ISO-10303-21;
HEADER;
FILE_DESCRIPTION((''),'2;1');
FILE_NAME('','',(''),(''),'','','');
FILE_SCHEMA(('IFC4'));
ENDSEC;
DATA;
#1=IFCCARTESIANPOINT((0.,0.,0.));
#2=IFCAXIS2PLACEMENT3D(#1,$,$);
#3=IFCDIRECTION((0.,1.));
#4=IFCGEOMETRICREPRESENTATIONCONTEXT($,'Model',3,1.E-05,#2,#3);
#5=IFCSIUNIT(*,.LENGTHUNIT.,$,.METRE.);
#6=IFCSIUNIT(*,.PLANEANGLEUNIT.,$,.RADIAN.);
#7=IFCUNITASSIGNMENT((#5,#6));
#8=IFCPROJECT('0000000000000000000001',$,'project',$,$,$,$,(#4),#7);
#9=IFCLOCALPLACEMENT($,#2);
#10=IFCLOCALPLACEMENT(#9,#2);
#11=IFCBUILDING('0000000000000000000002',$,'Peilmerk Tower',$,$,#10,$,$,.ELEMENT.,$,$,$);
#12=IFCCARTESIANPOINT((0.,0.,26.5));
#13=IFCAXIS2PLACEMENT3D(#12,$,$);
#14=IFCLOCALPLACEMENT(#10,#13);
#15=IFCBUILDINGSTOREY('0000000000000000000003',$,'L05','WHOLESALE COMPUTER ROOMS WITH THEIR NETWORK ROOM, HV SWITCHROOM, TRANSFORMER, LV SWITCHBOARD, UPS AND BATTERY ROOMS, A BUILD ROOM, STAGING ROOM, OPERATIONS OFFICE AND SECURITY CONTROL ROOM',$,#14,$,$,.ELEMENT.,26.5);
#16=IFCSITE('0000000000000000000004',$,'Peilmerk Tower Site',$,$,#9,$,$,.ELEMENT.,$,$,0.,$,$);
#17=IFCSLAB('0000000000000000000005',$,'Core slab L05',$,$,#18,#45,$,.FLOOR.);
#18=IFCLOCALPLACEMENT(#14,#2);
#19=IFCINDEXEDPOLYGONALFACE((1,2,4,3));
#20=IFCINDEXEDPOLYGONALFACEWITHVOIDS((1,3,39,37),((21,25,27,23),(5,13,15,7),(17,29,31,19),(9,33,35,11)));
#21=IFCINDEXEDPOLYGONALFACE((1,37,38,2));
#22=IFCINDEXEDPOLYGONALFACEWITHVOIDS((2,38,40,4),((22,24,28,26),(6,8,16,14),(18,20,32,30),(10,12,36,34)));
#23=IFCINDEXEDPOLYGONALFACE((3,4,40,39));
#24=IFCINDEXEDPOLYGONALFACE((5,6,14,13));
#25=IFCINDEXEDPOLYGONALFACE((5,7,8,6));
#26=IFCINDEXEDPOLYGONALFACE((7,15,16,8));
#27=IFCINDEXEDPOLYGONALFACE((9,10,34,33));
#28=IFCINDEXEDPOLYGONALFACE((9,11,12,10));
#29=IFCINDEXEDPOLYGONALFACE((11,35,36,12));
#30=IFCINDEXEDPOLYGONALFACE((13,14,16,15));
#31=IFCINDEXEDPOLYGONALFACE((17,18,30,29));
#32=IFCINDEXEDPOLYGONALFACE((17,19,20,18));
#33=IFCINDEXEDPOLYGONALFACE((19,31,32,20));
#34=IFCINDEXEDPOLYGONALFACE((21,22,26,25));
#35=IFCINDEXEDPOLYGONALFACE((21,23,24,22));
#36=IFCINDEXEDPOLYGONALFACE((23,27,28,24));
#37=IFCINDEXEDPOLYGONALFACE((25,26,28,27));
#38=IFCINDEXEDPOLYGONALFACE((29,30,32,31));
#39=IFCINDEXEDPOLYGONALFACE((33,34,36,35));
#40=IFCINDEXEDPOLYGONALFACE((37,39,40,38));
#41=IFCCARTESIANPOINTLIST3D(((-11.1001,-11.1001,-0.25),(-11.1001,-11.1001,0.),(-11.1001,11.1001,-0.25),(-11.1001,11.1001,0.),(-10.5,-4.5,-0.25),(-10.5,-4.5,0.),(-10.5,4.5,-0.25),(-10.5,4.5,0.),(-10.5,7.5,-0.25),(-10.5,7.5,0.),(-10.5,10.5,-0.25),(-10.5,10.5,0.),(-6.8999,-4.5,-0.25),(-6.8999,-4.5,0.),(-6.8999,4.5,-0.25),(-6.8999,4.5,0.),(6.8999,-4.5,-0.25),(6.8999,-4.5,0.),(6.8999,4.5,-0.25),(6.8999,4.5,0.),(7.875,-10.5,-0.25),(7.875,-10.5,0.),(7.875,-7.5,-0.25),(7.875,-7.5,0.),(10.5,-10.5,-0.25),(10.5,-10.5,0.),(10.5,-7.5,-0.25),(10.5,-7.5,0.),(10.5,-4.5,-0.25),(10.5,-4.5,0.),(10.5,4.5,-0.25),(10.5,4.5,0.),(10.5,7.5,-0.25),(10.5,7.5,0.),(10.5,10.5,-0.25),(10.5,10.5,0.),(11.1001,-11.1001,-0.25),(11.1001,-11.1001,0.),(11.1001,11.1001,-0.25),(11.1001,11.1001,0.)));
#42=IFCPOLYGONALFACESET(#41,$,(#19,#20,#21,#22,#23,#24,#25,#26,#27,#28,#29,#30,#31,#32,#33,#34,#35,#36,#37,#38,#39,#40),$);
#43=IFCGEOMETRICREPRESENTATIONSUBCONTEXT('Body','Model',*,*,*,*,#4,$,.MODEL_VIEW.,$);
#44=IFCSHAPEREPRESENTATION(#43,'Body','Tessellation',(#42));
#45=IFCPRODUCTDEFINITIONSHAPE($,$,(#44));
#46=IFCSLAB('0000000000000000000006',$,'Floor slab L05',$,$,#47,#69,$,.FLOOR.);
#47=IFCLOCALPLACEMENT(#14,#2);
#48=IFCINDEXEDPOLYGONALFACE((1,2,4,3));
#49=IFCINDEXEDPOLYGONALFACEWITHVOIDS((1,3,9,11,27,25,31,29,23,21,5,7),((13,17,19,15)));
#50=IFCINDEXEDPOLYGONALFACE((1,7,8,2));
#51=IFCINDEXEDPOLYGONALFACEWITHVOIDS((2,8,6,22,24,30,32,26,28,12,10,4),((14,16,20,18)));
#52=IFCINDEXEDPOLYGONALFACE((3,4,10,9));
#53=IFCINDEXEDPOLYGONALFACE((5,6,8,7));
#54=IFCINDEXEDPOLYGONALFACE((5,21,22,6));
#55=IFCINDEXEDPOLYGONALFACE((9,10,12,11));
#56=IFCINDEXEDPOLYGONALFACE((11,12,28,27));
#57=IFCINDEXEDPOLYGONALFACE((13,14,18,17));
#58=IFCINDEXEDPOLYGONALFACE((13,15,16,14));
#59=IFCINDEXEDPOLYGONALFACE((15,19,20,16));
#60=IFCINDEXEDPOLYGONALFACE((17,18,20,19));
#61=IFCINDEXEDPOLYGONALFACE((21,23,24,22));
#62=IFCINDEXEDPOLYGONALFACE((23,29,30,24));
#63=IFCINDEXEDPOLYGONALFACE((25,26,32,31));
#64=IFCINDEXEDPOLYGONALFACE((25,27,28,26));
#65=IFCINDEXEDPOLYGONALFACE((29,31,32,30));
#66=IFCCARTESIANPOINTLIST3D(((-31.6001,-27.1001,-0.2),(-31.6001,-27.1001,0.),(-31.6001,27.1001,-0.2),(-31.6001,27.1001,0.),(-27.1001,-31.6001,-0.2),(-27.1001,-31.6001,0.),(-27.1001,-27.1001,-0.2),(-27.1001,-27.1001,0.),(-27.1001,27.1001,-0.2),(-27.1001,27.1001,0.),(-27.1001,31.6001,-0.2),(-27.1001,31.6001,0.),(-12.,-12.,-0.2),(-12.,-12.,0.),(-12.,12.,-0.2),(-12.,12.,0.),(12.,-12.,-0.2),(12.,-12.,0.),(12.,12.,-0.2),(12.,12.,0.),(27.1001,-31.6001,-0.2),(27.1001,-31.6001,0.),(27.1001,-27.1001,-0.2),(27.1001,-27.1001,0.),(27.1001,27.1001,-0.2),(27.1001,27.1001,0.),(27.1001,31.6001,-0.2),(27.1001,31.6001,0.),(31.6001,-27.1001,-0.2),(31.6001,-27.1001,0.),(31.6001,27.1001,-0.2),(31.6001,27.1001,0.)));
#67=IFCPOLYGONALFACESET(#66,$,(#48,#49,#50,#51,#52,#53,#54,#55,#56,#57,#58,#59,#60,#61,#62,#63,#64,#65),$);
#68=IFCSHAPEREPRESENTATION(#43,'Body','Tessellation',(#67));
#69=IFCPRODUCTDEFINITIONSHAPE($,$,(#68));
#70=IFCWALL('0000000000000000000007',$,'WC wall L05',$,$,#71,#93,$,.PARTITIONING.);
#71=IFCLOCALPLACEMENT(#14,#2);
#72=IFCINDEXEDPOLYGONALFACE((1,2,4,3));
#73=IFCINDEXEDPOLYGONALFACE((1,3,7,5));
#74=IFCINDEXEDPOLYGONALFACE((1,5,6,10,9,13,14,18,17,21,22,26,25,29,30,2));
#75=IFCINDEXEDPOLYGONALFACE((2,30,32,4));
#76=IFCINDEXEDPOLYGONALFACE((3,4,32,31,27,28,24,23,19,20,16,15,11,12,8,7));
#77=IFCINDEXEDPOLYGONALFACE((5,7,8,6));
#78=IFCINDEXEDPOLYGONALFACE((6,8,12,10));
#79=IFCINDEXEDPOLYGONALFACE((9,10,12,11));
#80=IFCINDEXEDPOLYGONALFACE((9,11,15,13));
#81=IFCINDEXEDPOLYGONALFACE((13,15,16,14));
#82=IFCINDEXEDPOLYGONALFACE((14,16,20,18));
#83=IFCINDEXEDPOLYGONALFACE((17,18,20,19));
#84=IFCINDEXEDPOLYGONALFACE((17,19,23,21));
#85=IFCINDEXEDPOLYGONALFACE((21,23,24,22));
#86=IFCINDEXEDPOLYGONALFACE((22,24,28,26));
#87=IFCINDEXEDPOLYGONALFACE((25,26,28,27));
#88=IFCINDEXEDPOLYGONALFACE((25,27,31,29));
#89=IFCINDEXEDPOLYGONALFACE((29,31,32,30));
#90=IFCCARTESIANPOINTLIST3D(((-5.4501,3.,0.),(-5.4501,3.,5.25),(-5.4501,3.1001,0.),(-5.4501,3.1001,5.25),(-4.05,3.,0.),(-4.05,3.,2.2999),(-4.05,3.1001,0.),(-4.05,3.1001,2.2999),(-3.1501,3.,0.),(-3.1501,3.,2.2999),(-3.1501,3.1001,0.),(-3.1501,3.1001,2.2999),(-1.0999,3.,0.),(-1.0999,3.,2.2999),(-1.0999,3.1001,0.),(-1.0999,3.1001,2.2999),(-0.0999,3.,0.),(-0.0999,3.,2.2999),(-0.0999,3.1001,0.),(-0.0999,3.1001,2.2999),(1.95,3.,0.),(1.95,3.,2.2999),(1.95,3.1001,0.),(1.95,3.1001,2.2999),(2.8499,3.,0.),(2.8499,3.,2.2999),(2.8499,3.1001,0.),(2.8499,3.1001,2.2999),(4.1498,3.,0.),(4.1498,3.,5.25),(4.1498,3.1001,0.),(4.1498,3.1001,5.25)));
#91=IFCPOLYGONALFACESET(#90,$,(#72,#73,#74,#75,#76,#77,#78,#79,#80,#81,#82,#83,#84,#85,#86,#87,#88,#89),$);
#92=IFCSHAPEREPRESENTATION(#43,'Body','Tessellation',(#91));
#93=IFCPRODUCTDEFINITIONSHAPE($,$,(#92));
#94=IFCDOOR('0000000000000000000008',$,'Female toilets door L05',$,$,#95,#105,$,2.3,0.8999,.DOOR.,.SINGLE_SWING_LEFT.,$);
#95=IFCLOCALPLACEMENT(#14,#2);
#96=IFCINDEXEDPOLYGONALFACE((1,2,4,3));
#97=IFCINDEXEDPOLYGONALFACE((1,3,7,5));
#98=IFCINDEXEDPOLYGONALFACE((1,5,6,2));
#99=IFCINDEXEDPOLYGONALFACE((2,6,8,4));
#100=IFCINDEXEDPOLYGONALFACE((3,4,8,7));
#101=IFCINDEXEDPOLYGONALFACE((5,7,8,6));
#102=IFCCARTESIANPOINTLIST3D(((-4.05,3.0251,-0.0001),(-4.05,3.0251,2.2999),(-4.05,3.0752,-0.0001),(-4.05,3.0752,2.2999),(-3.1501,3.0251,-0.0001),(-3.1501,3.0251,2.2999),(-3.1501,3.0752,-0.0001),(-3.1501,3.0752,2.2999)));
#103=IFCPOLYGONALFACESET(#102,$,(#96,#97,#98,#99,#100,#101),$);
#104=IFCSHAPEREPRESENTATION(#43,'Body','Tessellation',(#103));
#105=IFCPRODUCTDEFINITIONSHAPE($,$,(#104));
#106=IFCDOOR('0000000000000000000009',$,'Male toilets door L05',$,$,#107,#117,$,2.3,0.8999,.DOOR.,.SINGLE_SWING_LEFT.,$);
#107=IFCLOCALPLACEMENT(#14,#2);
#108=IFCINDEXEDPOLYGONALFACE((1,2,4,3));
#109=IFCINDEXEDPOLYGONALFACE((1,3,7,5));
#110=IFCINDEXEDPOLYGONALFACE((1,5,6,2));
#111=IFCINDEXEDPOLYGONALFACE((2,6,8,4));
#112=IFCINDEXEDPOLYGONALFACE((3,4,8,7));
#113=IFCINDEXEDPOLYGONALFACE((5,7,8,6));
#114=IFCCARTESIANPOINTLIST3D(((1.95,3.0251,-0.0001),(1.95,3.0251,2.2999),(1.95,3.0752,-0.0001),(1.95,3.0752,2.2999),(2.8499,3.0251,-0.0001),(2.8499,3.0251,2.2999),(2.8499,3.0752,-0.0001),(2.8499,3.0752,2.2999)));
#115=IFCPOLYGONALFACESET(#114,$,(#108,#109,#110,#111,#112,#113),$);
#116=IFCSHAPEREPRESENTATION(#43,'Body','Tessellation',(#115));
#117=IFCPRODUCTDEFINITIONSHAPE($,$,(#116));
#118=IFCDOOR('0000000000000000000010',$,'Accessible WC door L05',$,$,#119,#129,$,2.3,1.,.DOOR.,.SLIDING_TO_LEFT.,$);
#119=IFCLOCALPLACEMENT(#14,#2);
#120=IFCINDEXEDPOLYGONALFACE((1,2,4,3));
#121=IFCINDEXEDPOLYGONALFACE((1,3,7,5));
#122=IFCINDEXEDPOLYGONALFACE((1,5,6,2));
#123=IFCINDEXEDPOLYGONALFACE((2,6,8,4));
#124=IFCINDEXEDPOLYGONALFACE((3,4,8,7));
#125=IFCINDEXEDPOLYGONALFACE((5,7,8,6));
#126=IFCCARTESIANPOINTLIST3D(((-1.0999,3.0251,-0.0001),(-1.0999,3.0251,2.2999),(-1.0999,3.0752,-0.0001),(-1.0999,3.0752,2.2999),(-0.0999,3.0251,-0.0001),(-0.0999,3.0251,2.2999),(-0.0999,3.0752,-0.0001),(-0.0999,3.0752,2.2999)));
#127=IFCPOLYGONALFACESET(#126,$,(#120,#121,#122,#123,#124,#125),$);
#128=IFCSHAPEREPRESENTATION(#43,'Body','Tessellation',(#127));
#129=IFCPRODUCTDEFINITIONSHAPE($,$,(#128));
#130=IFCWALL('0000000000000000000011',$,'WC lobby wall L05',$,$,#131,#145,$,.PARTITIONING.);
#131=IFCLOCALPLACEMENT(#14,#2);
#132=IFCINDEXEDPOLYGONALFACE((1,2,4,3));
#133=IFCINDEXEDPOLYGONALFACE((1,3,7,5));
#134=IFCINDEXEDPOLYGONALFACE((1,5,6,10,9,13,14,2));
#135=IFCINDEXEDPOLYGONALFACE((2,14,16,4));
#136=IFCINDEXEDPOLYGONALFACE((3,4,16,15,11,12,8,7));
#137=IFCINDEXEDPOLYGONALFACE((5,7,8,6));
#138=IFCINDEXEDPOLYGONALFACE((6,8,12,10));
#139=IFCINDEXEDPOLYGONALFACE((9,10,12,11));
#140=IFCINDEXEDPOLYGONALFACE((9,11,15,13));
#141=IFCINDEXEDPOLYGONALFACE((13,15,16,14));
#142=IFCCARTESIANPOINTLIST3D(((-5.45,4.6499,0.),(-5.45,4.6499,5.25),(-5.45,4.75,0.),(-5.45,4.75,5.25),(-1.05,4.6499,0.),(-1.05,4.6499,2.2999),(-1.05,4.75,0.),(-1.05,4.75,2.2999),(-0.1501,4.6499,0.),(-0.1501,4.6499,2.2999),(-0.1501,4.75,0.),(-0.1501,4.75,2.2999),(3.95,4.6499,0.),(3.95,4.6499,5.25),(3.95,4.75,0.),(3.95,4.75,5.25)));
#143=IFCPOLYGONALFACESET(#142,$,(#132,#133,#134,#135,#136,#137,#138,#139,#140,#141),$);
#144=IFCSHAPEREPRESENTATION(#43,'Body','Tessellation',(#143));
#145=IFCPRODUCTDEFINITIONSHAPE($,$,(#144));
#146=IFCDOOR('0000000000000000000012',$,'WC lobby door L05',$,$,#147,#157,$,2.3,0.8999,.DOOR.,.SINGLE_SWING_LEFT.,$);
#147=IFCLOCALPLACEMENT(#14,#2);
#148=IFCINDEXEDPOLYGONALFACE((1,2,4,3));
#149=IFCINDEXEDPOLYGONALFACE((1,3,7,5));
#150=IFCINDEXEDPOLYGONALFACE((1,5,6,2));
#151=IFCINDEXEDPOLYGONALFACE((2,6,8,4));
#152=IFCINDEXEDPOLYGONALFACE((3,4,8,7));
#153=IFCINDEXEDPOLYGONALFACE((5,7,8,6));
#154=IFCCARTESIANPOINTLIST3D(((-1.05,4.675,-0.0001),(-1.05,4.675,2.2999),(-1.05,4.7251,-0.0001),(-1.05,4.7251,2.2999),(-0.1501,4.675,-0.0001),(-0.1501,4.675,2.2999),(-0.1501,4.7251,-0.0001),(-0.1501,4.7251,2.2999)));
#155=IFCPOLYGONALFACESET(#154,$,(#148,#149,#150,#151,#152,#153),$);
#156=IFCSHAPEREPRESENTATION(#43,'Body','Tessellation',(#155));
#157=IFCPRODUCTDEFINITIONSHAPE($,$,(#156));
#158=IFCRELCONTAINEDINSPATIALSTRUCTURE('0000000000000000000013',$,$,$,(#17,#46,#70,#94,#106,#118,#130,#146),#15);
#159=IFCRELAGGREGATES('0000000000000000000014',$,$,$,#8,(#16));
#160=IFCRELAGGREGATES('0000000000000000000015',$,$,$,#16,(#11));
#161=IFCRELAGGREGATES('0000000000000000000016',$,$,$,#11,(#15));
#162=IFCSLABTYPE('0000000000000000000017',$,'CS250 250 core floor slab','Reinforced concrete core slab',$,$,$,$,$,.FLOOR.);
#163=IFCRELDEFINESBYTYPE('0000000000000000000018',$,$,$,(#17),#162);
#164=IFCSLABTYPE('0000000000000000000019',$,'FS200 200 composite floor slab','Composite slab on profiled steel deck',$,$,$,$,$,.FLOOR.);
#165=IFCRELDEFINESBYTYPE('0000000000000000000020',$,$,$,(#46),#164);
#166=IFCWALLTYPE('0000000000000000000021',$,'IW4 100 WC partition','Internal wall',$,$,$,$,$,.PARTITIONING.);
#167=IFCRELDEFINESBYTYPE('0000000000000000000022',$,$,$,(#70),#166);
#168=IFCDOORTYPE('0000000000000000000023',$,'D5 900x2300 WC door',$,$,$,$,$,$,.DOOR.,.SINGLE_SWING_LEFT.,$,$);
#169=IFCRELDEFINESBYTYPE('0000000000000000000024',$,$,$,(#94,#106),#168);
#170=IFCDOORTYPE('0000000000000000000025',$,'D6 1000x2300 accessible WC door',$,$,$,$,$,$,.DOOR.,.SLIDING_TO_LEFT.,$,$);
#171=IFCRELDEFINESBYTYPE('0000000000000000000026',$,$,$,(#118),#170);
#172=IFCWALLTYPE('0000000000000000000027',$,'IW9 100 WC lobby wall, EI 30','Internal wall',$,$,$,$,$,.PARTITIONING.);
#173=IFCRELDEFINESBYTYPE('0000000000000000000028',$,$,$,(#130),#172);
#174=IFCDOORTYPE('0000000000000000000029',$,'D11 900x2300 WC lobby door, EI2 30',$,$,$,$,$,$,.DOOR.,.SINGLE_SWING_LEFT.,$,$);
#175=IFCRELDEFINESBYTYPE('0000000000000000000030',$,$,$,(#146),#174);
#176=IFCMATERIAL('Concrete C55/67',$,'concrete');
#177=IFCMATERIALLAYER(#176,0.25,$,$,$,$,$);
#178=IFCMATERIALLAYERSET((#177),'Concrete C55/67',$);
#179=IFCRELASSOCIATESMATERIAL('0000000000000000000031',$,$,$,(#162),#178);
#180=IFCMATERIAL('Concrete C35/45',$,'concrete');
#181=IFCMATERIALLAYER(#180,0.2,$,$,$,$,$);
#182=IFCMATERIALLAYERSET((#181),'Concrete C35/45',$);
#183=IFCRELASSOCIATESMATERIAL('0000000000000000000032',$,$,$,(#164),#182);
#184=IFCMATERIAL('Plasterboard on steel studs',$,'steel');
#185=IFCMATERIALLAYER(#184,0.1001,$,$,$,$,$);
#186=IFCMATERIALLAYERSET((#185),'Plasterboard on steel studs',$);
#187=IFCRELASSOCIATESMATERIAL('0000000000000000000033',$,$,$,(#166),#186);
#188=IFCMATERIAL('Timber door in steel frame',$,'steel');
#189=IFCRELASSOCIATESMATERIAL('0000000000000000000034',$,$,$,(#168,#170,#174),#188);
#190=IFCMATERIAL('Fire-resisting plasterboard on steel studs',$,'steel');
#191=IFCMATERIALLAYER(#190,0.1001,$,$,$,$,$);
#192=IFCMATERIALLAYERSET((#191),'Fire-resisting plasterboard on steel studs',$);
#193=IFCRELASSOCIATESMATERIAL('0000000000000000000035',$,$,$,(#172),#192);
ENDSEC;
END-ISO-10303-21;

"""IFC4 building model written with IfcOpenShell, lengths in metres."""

from ifc_helpers import new_model, si_unit, direction, frame, frame_2d, origin, place, context, subcontext, project, spatial, polyline, rectangle, outline, extrude, material, layer, layer_set, type_object, element, fill, save


model = new_model("IFC4")

# Units and contexts
model_context = context("Model", 3, precision=1e-05, world=origin(), true_north=direction((0.0, 1.0)))
body_context = subcontext(model_context, "Body", "Model", "MODEL_VIEW")
ifc_project = project(units=[si_unit("LENGTHUNIT", "METRE"), si_unit("PLANEANGLEUNIT", "RADIAN")], contexts=[model_context])

# Site, building, storey
site_placement = place(None, origin())
site = spatial("IfcSite", under=ifc_project, at=site_placement, Name="Peilmerk Tower Site", CompositionType="ELEMENT", RefElevation=0.0)
building_placement = place(site_placement, origin())
building = spatial("IfcBuilding", under=site, at=building_placement, Name="Peilmerk Tower", CompositionType="ELEMENT")
storey_placement = place(building_placement, frame((0.0, 0.0, 26.5)))
storey = spatial("IfcBuildingStorey", under=building, at=storey_placement, Name="L05", Description="WHOLESALE COMPUTER ROOMS WITH THEIR NETWORK ROOM, HV SWITCHROOM, TRANSFORMER, LV SWITCHBOARD, UPS AND BATTERY ROOMS, A BUILD ROOM, STAGING ROOM, OPERATIONS OFFICE AND SECURITY CONTROL ROOM", CompositionType="ELEMENT", Elevation=26.5)

# Slabs
ifc_material_1 = material(Name="Concrete C55/67", Category="concrete")
ifc_layer_1 = layer(ifc_material_1, 0.25)
ifc_layer_set_1 = layer_set([ifc_layer_1], Name="Concrete C55/67")
slab_type_1 = type_object("IfcSlabType", Name="CS250 250 core floor slab", Description="Reinforced concrete core slab", PredefinedType="FLOOR", material=ifc_layer_set_1)
slab_1_placement = place(storey_placement, frame((0.0, 0.0, -0.25)))
element("IfcSlab", 1, at=slab_1_placement, inside=storey, type_object=slab_type_1, Name="Core slab L05", PredefinedType="FLOOR", context=body_context, shape_type="SweptSolid", body=[
    extrude(outline(polyline([(-11.1001, 11.1001), (-11.1001, -11.1001), (11.1001, -11.1001), (11.1001, 11.1001), (-11.1001, 11.1001)]), holes=[polyline([(10.5, 7.5), (-10.5, 7.5), (-10.5, 10.5), (10.5, 10.5), (10.5, 7.5)]), polyline([(7.875, -10.5), (7.875, -7.5), (10.5, -7.5), (10.5, -10.5), (7.875, -10.5)]), polyline([(-10.5, 4.5), (-6.8999, 4.5), (-6.8999, -4.5), (-10.5, -4.5), (-10.5, 4.5)]), polyline([(10.5, 4.5), (10.5, -4.5), (6.8999, -4.5), (6.8999, 4.5), (10.5, 4.5)])]), origin(), (0.0, 0.0, 1.0), 0.25),
])
ifc_material_2 = material(Name="Concrete C35/45", Category="concrete")
ifc_layer_2 = layer(ifc_material_2, 0.2)
ifc_layer_set_2 = layer_set([ifc_layer_2], Name="Concrete C35/45")
slab_type_2 = type_object("IfcSlabType", Name="FS200 200 composite floor slab", Description="Composite slab on profiled steel deck", PredefinedType="FLOOR", material=ifc_layer_set_2)
slab_2_placement = place(storey_placement, frame((0.0, 0.0, -0.2)))
element("IfcSlab", 2, at=slab_2_placement, inside=storey, type_object=slab_type_2, Name="Floor slab L05", PredefinedType="FLOOR", context=body_context, shape_type="SweptSolid", body=[
    extrude(outline(polyline([(-27.1001, -31.6001), (27.1001, -31.6001), (27.1001, -27.1001), (31.6001, -27.1001), (31.6001, 27.1001), (27.1001, 27.1001), (27.1001, 31.6001), (-27.1001, 31.6001), (-27.1001, 27.1001), (-31.6001, 27.1001), (-31.6001, -27.1001), (-27.1001, -27.1001), (-27.1001, -31.6001)]), holes=[polyline([(12.0, 12.0), (12.0, -12.0), (-12.0, -12.0), (-12.0, 12.0), (12.0, 12.0)])]), origin(), (0.0, 0.0, 1.0), 0.2),
])

# Wall, openings, doors
ifc_material_3 = material(Name="Plasterboard on steel studs", Category="steel")
ifc_layer_3 = layer(ifc_material_3, 0.1001)
ifc_layer_set_3 = layer_set([ifc_layer_3], Name="Plasterboard on steel studs")
wall_type_1 = type_object("IfcWallType", Name="IW4 100 WC partition", Description="Internal wall", PredefinedType="PARTITIONING", material=ifc_layer_set_3)
wall_1_placement = place(storey_placement, frame((-5.45, 3.05, 0.0), z_axis=(0.0, 0.0, 1.0), x_axis=(1.0, 0.0, 0.0)))
wall_1 = element("IfcWall", 3, at=wall_1_placement, inside=storey, type_object=wall_type_1, Name="WC wall L05", PredefinedType="PARTITIONING", context=body_context, shape_type="SweptSolid", body=[
    extrude(rectangle(XDim=9.5999, YDim=0.1001, at=frame_2d((4.7998, 0.0))), origin(), (0.0, 0.0, 1.0), 5.25),
])
opening_1_placement = place(wall_1_placement, frame((1.3999, 0.0, 0.0)))
opening_1 = element("IfcOpeningElement", 4, at=opening_1_placement, cuts=wall_1, PredefinedType="OPENING", context=body_context, shape_type="SweptSolid", body=[
    extrude(rectangle(XDim=0.8999, YDim=2.3, at=frame_2d((0.45, 1.1499))), frame((0.0, 0.0601, 0.0), z_axis=(0.0, -1.0, 0.0), x_axis=(1.0, 0.0, 0.0)), (0.0, 0.0, 1.0), 0.1201),
])
opening_2_placement = place(wall_1_placement, frame((4.3501, 0.0, 0.0)))
opening_2 = element("IfcOpeningElement", 5, at=opening_2_placement, cuts=wall_1, PredefinedType="OPENING", context=body_context, shape_type="SweptSolid", body=[
    extrude(rectangle(XDim=1.0, YDim=2.3, at=frame_2d((0.5, 1.1499))), frame((0.0, 0.0601, 0.0), z_axis=(0.0, -1.0, 0.0), x_axis=(1.0, 0.0, 0.0)), (0.0, 0.0, 1.0), 0.1201),
])
opening_3_placement = place(wall_1_placement, frame((7.3999, 0.0, 0.0)))
opening_3 = element("IfcOpeningElement", 6, at=opening_3_placement, cuts=wall_1, PredefinedType="OPENING", context=body_context, shape_type="SweptSolid", body=[
    extrude(rectangle(XDim=0.8999, YDim=2.3, at=frame_2d((0.45, 1.1499))), frame((0.0, 0.0601, 0.0), z_axis=(0.0, -1.0, 0.0), x_axis=(1.0, 0.0, 0.0)), (0.0, 0.0, 1.0), 0.1201),
])
ifc_material_4 = material(Name="Timber door in steel frame", Category="steel")
door_type_1 = type_object("IfcDoorType", Name="D5 900x2300 WC door", OperationType="SINGLE_SWING_LEFT", PredefinedType="DOOR", material=ifc_material_4)
door_1_placement = place(opening_1_placement, frame((0.8999, 0.0, 0.0), z_axis=(0.0, 0.0, 1.0), x_axis=(-1.0, 0.0, 0.0)))
door_1 = element("IfcDoor", 7, at=door_1_placement, inside=storey, type_object=door_type_1, Name="Female toilets door L05", OperationType="SINGLE_SWING_LEFT", OverallHeight=2.3, OverallWidth=0.8999, PredefinedType="DOOR", context=body_context, shape_type="SweptSolid", body=[
    extrude(rectangle(XDim=0.8999, YDim=2.3, at=frame_2d((0.45, 1.1499))), frame((0.0, 0.0249, 0.0), z_axis=(0.0, -1.0, 0.0), x_axis=(1.0, 0.0, 0.0)), (0.0, 0.0, 1.0), 0.05),
])
fill(opening_1, door_1)
door_2_placement = place(opening_3_placement, frame((0.8999, 0.0, 0.0), z_axis=(0.0, 0.0, 1.0), x_axis=(-1.0, 0.0, 0.0)))
door_2 = element("IfcDoor", 8, at=door_2_placement, inside=storey, type_object=door_type_1, Name="Male toilets door L05", OperationType="SINGLE_SWING_LEFT", OverallHeight=2.3, OverallWidth=0.8999, PredefinedType="DOOR", context=body_context, shape_type="SweptSolid", body=[
    extrude(rectangle(XDim=0.8999, YDim=2.3, at=frame_2d((0.45, 1.1499))), frame((0.0, 0.0249, 0.0), z_axis=(0.0, -1.0, 0.0), x_axis=(1.0, 0.0, 0.0)), (0.0, 0.0, 1.0), 0.05),
])
fill(opening_3, door_2)
door_type_2 = type_object("IfcDoorType", Name="D6 1000x2300 accessible WC door", OperationType="SLIDING_TO_LEFT", PredefinedType="DOOR", material=ifc_material_4)
door_3_placement = place(opening_2_placement, frame((1.0, 0.0, 0.0), z_axis=(0.0, 0.0, 1.0), x_axis=(-1.0, 0.0, 0.0)))
door_3 = element("IfcDoor", 9, at=door_3_placement, inside=storey, type_object=door_type_2, Name="Accessible WC door L05", OperationType="SLIDING_TO_LEFT", OverallHeight=2.3, OverallWidth=1.0, PredefinedType="DOOR", context=body_context, shape_type="SweptSolid", body=[
    extrude(rectangle(XDim=1.0, YDim=2.3, at=frame_2d((0.5, 1.1499))), frame((0.0, 0.0249, 0.0), z_axis=(0.0, -1.0, 0.0), x_axis=(1.0, 0.0, 0.0)), (0.0, 0.0, 1.0), 0.05),
])
fill(opening_2, door_3)

# Wall, opening, door
ifc_material_5 = material(Name="Fire-resisting plasterboard on steel studs", Category="steel")
ifc_layer_4 = layer(ifc_material_5, 0.1001)
ifc_layer_set_4 = layer_set([ifc_layer_4], Name="Fire-resisting plasterboard on steel studs")
wall_type_2 = type_object("IfcWallType", Name="IW9 100 WC lobby wall, EI 30", Description="Internal wall", PredefinedType="PARTITIONING", material=ifc_layer_set_4)
wall_2_placement = place(storey_placement, frame((-5.45, 4.7, 0.0), z_axis=(0.0, 0.0, 1.0), x_axis=(1.0, 0.0, 0.0)))
wall_2 = element("IfcWall", 10, at=wall_2_placement, inside=storey, type_object=wall_type_2, Name="WC lobby wall L05", PredefinedType="PARTITIONING", context=body_context, shape_type="SweptSolid", body=[
    extrude(rectangle(XDim=9.3999, YDim=0.1001, at=frame_2d((4.7, 0.0))), origin(), (0.0, 0.0, 1.0), 5.25),
])
opening_4_placement = place(wall_2_placement, frame((4.3999, 0.0, 0.0)))
opening_4 = element("IfcOpeningElement", 11, at=opening_4_placement, cuts=wall_2, PredefinedType="OPENING", context=body_context, shape_type="SweptSolid", body=[
    extrude(rectangle(XDim=0.8999, YDim=2.3, at=frame_2d((0.45, 1.1499))), frame((0.0, 0.0601, 0.0), z_axis=(0.0, -1.0, 0.0), x_axis=(1.0, 0.0, 0.0)), (0.0, 0.0, 1.0), 0.1201),
])
door_type_3 = type_object("IfcDoorType", Name="D11 900x2300 WC lobby door, EI2 30", OperationType="SINGLE_SWING_LEFT", PredefinedType="DOOR", material=ifc_material_4)
door_4_placement = place(opening_4_placement, frame((0.8999, 0.0, 0.0), z_axis=(0.0, 0.0, 1.0), x_axis=(-1.0, 0.0, 0.0)))
door_4 = element("IfcDoor", 12, at=door_4_placement, inside=storey, type_object=door_type_3, Name="WC lobby door L05", OperationType="SINGLE_SWING_LEFT", OverallHeight=2.3, OverallWidth=0.8999, PredefinedType="DOOR", context=body_context, shape_type="SweptSolid", body=[
    extrude(rectangle(XDim=0.8999, YDim=2.3, at=frame_2d((0.45, 1.1499))), frame((0.0, 0.0249, 0.0), z_axis=(0.0, -1.0, 0.0), x_axis=(1.0, 0.0, 0.0)), (0.0, 0.0, 1.0), 0.05),
])
fill(opening_4, door_4)

save(model, "model.ifc")
